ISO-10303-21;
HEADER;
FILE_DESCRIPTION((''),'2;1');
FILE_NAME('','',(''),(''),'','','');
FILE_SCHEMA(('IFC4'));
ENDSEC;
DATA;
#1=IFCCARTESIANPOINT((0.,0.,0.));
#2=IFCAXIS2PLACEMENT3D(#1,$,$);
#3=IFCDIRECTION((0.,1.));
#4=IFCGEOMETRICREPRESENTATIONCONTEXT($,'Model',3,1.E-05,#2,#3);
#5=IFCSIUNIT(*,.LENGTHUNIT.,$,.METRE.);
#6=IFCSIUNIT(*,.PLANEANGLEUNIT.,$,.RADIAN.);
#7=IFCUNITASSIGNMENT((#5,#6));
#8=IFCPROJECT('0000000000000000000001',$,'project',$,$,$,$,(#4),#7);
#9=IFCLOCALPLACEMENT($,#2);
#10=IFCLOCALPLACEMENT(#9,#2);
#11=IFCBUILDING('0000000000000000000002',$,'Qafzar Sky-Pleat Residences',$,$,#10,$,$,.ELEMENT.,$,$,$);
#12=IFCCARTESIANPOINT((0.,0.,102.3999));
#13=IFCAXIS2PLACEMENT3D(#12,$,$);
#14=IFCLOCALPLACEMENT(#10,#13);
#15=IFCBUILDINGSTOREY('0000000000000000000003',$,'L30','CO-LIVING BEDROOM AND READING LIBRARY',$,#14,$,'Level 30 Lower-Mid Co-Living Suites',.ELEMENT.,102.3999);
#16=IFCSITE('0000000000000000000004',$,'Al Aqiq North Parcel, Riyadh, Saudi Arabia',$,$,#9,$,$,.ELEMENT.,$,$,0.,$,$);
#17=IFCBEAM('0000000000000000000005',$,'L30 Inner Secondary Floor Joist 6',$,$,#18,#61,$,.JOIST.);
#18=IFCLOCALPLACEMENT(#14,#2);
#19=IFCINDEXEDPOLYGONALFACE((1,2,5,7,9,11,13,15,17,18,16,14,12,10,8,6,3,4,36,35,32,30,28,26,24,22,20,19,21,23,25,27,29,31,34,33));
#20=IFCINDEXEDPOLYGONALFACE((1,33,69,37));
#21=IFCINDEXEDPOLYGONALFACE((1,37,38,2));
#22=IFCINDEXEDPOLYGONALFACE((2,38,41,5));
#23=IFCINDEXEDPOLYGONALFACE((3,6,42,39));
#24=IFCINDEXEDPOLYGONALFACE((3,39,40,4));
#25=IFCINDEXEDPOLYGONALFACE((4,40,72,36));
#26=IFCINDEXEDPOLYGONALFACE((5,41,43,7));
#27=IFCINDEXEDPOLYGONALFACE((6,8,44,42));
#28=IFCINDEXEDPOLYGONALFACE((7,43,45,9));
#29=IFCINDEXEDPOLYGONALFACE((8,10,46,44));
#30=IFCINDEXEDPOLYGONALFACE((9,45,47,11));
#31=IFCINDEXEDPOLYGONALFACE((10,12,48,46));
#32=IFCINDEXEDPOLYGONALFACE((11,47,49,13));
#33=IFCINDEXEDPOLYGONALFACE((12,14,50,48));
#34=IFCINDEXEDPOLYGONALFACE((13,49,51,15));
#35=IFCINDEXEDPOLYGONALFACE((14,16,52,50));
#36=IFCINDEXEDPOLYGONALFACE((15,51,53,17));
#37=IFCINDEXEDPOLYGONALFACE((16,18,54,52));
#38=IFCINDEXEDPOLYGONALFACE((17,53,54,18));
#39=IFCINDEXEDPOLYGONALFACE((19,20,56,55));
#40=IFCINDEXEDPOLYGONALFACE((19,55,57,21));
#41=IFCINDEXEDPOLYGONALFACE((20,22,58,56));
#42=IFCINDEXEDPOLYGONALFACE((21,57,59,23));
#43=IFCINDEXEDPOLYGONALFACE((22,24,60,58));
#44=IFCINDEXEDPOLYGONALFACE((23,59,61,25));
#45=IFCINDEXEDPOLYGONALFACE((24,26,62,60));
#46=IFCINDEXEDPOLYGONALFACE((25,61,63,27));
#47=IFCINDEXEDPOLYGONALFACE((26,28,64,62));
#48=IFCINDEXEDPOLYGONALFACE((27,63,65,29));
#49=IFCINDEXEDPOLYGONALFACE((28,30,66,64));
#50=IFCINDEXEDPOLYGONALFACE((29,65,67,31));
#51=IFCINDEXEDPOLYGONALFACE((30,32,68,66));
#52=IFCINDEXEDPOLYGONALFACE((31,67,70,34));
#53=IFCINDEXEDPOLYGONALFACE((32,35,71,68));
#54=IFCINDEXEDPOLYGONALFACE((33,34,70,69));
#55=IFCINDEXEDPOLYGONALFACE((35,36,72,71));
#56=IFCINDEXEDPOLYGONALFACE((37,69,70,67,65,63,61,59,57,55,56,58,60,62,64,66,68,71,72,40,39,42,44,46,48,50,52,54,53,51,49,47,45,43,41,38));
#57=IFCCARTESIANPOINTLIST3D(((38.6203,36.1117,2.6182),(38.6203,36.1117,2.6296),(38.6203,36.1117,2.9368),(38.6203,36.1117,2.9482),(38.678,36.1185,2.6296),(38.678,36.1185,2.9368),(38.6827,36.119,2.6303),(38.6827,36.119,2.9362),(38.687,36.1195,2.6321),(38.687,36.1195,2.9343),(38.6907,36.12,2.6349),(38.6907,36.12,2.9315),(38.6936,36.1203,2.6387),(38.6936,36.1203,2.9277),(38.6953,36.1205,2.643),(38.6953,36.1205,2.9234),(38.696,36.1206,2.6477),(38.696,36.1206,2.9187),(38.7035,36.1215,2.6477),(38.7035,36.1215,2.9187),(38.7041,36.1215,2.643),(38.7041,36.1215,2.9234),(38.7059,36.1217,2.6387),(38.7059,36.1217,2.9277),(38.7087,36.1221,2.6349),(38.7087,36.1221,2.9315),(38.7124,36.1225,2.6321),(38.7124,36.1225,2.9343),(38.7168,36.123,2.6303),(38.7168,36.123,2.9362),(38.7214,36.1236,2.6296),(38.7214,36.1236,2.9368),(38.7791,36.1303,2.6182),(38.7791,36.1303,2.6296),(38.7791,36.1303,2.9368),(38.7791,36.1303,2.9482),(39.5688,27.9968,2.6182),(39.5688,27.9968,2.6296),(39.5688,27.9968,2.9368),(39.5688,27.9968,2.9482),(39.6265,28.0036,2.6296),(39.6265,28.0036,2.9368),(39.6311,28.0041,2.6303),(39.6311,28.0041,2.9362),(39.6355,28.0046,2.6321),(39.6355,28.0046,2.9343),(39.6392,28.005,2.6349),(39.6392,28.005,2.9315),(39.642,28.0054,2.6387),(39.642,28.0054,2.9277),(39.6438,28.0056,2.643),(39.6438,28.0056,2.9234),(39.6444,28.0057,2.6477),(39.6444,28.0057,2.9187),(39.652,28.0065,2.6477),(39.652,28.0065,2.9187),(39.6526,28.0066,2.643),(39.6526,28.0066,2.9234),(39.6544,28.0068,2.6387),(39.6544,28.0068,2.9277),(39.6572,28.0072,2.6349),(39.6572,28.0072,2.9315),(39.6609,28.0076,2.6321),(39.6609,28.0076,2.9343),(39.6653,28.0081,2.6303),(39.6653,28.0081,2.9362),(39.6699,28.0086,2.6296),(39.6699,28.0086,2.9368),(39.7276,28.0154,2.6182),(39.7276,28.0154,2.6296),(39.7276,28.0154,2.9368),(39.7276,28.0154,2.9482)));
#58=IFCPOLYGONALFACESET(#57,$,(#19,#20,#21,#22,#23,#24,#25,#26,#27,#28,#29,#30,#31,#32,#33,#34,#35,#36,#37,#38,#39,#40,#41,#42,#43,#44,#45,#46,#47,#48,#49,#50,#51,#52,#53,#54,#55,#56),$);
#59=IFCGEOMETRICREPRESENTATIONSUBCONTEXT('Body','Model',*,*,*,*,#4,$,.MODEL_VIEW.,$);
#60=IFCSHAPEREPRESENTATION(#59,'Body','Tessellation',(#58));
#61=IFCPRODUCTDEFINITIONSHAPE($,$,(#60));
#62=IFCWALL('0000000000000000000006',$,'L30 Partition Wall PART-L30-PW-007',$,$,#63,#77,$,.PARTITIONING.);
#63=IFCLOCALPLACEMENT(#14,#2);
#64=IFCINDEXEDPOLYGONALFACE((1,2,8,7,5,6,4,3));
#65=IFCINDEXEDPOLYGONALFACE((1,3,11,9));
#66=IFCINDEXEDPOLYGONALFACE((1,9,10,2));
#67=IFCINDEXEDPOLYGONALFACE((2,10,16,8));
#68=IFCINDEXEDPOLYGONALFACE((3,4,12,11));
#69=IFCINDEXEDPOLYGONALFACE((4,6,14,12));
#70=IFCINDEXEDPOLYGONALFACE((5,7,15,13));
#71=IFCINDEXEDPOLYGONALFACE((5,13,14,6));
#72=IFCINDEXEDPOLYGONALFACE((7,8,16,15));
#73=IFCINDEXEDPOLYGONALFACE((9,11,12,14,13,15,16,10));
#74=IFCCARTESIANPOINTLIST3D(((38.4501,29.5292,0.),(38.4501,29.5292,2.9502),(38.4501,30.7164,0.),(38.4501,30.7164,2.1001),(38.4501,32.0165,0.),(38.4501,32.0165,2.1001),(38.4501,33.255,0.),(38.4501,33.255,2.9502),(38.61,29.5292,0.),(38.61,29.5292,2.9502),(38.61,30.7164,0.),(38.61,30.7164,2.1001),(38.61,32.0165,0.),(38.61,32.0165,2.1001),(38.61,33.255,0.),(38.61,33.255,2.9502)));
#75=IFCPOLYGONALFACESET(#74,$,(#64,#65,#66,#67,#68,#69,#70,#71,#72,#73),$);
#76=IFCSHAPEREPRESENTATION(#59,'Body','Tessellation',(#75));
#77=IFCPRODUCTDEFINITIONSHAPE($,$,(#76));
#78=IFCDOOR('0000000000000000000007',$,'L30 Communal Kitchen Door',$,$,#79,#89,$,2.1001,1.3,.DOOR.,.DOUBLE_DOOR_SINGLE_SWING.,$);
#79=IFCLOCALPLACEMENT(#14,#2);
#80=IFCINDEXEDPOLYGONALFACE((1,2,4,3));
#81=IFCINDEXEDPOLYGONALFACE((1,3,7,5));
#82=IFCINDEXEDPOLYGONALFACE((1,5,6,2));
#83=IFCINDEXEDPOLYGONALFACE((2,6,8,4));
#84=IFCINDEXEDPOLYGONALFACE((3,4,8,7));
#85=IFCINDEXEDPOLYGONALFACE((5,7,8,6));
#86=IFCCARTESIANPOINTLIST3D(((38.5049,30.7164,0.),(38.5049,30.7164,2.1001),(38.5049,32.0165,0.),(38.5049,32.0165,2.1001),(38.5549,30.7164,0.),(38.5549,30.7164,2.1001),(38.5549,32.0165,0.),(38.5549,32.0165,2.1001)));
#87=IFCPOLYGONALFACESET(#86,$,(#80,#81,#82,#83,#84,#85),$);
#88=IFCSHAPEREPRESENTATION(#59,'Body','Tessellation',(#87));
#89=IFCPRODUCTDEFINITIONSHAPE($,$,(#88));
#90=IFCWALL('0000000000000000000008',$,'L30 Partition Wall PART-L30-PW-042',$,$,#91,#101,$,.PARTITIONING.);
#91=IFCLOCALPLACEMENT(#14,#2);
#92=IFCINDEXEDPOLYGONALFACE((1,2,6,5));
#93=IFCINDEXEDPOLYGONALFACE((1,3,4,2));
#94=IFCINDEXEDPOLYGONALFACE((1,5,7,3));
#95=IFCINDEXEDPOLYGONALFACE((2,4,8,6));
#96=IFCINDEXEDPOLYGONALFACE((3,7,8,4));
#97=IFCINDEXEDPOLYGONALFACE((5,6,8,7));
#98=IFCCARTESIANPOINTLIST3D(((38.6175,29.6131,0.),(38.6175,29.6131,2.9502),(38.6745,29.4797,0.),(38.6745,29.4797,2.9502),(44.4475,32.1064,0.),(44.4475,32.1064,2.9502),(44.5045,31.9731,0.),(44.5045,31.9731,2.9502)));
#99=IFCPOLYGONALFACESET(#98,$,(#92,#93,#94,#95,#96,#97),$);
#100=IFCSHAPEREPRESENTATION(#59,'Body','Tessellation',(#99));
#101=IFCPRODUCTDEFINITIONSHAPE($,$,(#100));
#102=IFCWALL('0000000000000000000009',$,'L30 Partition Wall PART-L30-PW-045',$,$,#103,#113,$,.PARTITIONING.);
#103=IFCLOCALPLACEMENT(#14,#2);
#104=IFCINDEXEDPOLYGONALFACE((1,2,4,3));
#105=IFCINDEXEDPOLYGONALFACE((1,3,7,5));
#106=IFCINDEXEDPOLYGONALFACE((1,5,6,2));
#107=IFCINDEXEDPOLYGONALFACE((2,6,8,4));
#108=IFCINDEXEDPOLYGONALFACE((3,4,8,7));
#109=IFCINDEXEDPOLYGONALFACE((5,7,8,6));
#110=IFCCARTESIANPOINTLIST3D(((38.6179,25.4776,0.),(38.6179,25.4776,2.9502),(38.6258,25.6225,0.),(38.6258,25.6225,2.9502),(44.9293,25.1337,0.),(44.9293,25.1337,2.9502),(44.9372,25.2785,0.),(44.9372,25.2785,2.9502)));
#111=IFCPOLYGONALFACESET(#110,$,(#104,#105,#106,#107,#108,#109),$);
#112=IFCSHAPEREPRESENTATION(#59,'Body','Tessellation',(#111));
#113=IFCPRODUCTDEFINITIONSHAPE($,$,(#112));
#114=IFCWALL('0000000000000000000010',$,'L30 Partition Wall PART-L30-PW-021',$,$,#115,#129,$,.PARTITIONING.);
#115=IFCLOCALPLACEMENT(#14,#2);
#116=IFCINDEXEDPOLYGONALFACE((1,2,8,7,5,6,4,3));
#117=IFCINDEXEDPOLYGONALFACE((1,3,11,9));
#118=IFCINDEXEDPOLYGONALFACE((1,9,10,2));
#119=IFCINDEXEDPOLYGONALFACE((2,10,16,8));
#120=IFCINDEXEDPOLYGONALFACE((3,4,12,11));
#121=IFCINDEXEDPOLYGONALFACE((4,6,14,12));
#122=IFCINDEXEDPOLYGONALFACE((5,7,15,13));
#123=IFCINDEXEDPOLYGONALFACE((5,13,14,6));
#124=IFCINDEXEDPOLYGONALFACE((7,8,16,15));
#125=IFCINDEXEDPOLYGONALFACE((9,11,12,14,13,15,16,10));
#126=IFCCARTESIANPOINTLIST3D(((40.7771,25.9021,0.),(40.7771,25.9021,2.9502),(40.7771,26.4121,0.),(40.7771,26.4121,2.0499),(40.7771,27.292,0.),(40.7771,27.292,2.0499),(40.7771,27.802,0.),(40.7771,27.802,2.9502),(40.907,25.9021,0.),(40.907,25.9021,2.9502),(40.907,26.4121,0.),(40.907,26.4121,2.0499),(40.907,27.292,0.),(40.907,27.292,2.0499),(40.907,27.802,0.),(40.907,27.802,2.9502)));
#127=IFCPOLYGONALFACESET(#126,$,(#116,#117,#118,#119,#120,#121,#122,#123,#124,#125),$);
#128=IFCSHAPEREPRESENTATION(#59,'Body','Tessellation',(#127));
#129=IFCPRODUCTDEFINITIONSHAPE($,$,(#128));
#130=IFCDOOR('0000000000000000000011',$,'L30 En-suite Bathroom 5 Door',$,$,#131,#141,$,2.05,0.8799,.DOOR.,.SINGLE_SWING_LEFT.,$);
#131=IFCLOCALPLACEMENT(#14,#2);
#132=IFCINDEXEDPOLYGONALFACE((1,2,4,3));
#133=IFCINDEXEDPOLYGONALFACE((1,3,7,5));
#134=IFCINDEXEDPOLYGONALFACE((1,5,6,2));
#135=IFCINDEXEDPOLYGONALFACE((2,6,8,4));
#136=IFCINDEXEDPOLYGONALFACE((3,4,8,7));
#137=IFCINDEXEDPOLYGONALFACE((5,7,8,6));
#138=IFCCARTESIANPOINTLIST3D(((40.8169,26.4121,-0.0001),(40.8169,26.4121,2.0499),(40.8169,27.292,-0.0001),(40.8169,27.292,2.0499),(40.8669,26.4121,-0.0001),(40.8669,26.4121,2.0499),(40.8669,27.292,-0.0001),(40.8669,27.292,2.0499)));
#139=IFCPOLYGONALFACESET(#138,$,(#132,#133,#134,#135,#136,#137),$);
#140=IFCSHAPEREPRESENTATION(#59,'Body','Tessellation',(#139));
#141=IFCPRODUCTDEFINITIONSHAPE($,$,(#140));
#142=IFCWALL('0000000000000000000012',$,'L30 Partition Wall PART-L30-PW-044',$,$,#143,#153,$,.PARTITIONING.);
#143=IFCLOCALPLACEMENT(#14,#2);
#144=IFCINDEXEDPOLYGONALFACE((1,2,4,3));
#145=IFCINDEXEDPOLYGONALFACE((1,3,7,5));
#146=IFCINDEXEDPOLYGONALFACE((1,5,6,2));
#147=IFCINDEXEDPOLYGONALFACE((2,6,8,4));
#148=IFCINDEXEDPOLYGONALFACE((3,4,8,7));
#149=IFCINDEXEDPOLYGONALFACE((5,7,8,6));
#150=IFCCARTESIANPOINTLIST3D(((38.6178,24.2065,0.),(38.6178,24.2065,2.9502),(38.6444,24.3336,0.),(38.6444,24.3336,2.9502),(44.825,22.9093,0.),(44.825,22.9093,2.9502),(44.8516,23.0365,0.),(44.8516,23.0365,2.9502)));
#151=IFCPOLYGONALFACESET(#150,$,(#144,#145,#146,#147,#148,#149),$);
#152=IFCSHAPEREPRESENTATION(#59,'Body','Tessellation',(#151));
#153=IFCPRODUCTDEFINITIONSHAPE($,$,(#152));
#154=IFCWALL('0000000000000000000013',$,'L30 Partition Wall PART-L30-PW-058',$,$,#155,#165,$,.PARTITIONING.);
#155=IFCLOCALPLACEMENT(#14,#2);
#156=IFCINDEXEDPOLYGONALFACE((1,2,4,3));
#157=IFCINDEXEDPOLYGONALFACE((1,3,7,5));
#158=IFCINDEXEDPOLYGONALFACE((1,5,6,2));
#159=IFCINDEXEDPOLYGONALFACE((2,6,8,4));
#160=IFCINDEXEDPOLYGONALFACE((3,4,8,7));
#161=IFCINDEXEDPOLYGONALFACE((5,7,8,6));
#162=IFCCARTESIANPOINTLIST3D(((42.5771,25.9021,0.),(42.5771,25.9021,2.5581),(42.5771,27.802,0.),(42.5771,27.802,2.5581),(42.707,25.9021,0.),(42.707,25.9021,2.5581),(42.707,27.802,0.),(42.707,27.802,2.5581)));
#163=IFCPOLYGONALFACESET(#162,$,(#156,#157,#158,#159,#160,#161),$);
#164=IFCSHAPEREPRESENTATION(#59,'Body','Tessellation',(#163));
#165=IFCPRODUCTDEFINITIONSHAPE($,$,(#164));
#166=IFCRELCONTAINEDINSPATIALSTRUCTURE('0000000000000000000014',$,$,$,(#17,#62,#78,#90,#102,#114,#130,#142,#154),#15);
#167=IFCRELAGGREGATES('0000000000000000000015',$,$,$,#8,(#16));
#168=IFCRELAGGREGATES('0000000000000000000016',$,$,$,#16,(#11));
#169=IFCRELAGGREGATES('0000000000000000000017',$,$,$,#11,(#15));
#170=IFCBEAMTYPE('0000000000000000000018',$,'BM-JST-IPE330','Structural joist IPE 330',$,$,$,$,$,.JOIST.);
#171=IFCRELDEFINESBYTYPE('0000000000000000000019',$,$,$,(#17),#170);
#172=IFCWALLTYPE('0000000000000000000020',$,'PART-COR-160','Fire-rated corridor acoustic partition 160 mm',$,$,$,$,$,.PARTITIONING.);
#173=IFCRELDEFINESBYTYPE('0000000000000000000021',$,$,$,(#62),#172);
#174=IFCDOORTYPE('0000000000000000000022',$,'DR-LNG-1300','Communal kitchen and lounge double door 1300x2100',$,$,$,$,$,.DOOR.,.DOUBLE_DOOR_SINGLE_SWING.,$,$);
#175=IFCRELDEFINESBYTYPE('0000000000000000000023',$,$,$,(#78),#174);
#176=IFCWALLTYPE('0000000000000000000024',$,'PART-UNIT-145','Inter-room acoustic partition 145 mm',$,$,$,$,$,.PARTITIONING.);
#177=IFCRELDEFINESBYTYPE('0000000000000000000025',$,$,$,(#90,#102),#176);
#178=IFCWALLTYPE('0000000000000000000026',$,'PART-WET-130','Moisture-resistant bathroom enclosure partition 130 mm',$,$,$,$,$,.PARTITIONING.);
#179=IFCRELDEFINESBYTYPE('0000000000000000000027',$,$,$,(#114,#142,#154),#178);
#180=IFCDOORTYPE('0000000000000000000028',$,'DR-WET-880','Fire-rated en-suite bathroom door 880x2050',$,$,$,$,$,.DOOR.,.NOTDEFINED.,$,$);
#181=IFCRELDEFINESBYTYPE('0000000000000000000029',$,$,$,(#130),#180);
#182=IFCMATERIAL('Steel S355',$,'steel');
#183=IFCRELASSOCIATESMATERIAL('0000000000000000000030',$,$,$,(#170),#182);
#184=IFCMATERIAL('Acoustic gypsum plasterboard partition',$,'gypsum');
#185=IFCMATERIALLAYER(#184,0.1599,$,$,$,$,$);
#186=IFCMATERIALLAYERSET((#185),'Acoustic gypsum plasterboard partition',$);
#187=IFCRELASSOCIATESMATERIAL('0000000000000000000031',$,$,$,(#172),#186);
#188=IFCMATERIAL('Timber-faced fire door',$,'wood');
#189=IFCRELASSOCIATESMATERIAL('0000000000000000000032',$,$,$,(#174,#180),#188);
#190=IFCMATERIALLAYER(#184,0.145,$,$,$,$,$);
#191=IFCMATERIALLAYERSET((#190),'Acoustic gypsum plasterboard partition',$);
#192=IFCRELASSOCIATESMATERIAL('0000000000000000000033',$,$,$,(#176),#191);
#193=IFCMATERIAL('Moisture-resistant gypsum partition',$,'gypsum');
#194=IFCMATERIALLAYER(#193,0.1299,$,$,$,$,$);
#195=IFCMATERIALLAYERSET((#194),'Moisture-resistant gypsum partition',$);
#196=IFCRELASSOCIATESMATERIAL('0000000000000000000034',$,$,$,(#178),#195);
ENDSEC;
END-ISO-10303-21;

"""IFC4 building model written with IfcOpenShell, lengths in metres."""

from ifc_helpers import new_model, si_unit, direction, frame, frame_2d, origin, origin_2d, place, context, subcontext, project, spatial, rectangle, i_section, extrude, source, transform, mapped, material, layer, layer_set, material_profile, profile_set, type_object, element, fill, save


model = new_model("IFC4")

# Units and contexts
model_context = context("Model", 3, precision=1e-05, world=origin(), true_north=direction((0.0, 1.0)))
body_context = subcontext(model_context, "Body", "Model", "MODEL_VIEW")
ifc_project = project(units=[si_unit("LENGTHUNIT", "METRE"), si_unit("PLANEANGLEUNIT", "RADIAN")], contexts=[model_context])

# Site, building, storey
site_placement = place(None, origin())
site = spatial("IfcSite", under=ifc_project, at=site_placement, Name="Al Aqiq North Parcel, Riyadh, Saudi Arabia", CompositionType="ELEMENT", RefElevation=0.0)
building_placement = place(site_placement, origin())
building = spatial("IfcBuilding", under=site, at=building_placement, Name="Qafzar Sky-Pleat Residences", CompositionType="ELEMENT")
storey_placement = place(building_placement, frame((0.0, 0.0, 102.3999)))
storey = spatial("IfcBuildingStorey", under=building, at=storey_placement, Name="L30", Description="CO-LIVING BEDROOM AND READING LIBRARY", LongName="Level 30 Lower-Mid Co-Living Suites", CompositionType="ELEMENT", Elevation=102.3999)

# Beam
ifc_material_1 = material(Name="Steel S355", Category="steel")
ifc_material_profile_1 = material_profile(ifc_material_1, i_section(OverallWidth=0.1599, OverallDepth=0.3301, WebThickness=0.0076, FlangeThickness=0.0115, FilletRadius=0.0181, at=origin_2d()), Name="IPE 330")
ifc_profile_set_1 = profile_set([ifc_material_profile_1], Name="Steel S355")
beam_type_1 = type_object("IfcBeamType", Name="BM-JST-IPE330", Description="Structural joist IPE 330", PredefinedType="JOIST", material=ifc_profile_set_1)
shared_shape_1 = source(origin(), body_context, "Body", "SweptSolid", [
    extrude(i_section(OverallWidth=0.1599, OverallDepth=0.3301, WebThickness=0.0076, FlangeThickness=0.0115, FilletRadius=0.0181, at=origin_2d()), origin(), (0.0, 0.0, 1.0), 8.1702),
])
beam_1_placement = place(storey_placement, frame((39.6482, 28.0061, 2.7832), z_axis=(-0.11609, 0.993239, 0.0), x_axis=(-0.993239, -0.11609, 0.0)))
element("IfcBeam", 1, at=beam_1_placement, inside=storey, type_object=beam_type_1, Name="L30 Inner Secondary Floor Joist 6", PredefinedType="JOIST", context=body_context, shape_type="MappedRepresentation", body=[
    mapped(shared_shape_1, transform((0.0, 0.0, 0.0), x_axis=(1.0, 0.0, 0.0), y_axis=(0.0, 1.0, 0.0), z_axis=(0.0, 0.0, 1.0), scale=1.0)),
])

# Wall, opening, door
ifc_material_2 = material(Name="Acoustic gypsum plasterboard partition", Category="gypsum")
ifc_layer_1 = layer(ifc_material_2, 0.1599)
ifc_layer_set_1 = layer_set([ifc_layer_1], Name="Acoustic gypsum plasterboard partition")
wall_type_1 = type_object("IfcWallType", Name="PART-COR-160", Description="Fire-rated corridor acoustic partition 160 mm", PredefinedType="PARTITIONING", material=ifc_layer_set_1)
wall_1_placement = place(storey_placement, frame((38.53, 33.2549, 0.0), z_axis=(0.0, 0.0, 1.0), x_axis=(0.0, -1.0, 0.0)))
wall_1 = element("IfcWall", 2, at=wall_1_placement, inside=storey, type_object=wall_type_1, Name="L30 Partition Wall PART-L30-PW-007", PredefinedType="PARTITIONING", context=body_context, shape_type="SweptSolid", body=[
    extrude(rectangle(XDim=3.7258, YDim=0.1599, at=frame_2d((1.8628, 0.0))), origin(), (0.0, 0.0, 1.0), 2.9502),
])
opening_1_placement = place(wall_1_placement, frame((1.2385, 0.0, 0.0)))
opening_1 = element("IfcOpeningElement", 3, at=opening_1_placement, cuts=wall_1, PredefinedType="OPENING", context=body_context, shape_type="SweptSolid", body=[
    extrude(rectangle(XDim=1.3, YDim=2.1001, at=frame_2d((0.6499, 1.05))), frame((0.0, 0.0898, 0.0), z_axis=(0.0, -1.0, 0.0), x_axis=(1.0, 0.0, 0.0)), (0.0, 0.0, 1.0), 0.1799),
])
ifc_material_3 = material(Name="Timber-faced fire door", Category="wood")
door_type_1 = type_object("IfcDoorType", Name="DR-LNG-1300", Description="Communal kitchen and lounge double door 1300x2100", OperationType="DOUBLE_DOOR_SINGLE_SWING", PredefinedType="DOOR", material=ifc_material_3)
shared_shape_2 = source(origin(), body_context, "Body", "SweptSolid", [
    extrude(rectangle(XDim=1.3, YDim=2.1001, at=frame_2d((0.6499, 1.05))), frame((0.0, 0.0249, 0.0), z_axis=(0.0, -1.0, 0.0), x_axis=(1.0, 0.0, 0.0)), (0.0, 0.0, 1.0), 0.05),
])
door_1_placement = place(opening_1_placement, origin())
door_1 = element("IfcDoor", 4, at=door_1_placement, inside=storey, type_object=door_type_1, Name="L30 Communal Kitchen Door", OperationType="DOUBLE_DOOR_SINGLE_SWING", OverallHeight=2.1001, OverallWidth=1.3, PredefinedType="DOOR", context=body_context, shape_type="MappedRepresentation", body=[
    mapped(shared_shape_2, transform((0.0, 0.0, 0.0), x_axis=(1.0, 0.0, 0.0), y_axis=(0.0, 1.0, 0.0), z_axis=(0.0, 0.0, 1.0), scale=1.0)),
])
fill(opening_1, door_1)

# Walls
ifc_layer_2 = layer(ifc_material_2, 0.145)
ifc_layer_set_2 = layer_set([ifc_layer_2], Name="Acoustic gypsum plasterboard partition")
wall_type_2 = type_object("IfcWallType", Name="PART-UNIT-145", Description="Inter-room acoustic partition 145 mm", PredefinedType="PARTITIONING", material=ifc_layer_set_2)
wall_2_placement = place(storey_placement, frame((38.646, 29.5464, 0.0), z_axis=(0.0, 0.0, 1.0), x_axis=(0.919442, 0.393227, 0.0)))
element("IfcWall", 5, at=wall_2_placement, inside=storey, type_object=wall_type_2, Name="L30 Partition Wall PART-L30-PW-042", PredefinedType="PARTITIONING", context=body_context, shape_type="SweptSolid", body=[
    extrude(rectangle(XDim=6.3408, YDim=0.145, at=frame_2d((3.1704, 0.0))), origin(), (0.0, 0.0, 1.0), 2.9502),
])
wall_3_placement = place(storey_placement, frame((38.6218, 25.55, 0.0), z_axis=(0.0, 0.0, 1.0), x_axis=(0.998518, -0.054422, 0.0)))
element("IfcWall", 6, at=wall_3_placement, inside=storey, type_object=wall_type_2, Name="L30 Partition Wall PART-L30-PW-045", PredefinedType="PARTITIONING", context=body_context, shape_type="SweptSolid", body=[
    extrude(rectangle(XDim=6.3208, YDim=0.145, at=frame_2d((3.1604, 0.0))), origin(), (0.0, 0.0, 1.0), 2.9502),
])

# Wall, opening, door
ifc_material_4 = material(Name="Moisture-resistant gypsum partition", Category="gypsum")
ifc_layer_3 = layer(ifc_material_4, 0.1299)
ifc_layer_set_3 = layer_set([ifc_layer_3], Name="Moisture-resistant gypsum partition")
wall_type_3 = type_object("IfcWallType", Name="PART-WET-130", Description="Moisture-resistant bathroom enclosure partition 130 mm", PredefinedType="PARTITIONING", material=ifc_layer_set_3)
wall_4_placement = place(storey_placement, frame((40.842, 27.802, 0.0), z_axis=(0.0, 0.0, 1.0), x_axis=(0.0, -1.0, 0.0)))
wall_4 = element("IfcWall", 7, at=wall_4_placement, inside=storey, type_object=wall_type_3, Name="L30 Partition Wall PART-L30-PW-021", PredefinedType="PARTITIONING", context=body_context, shape_type="SweptSolid", body=[
    extrude(rectangle(XDim=1.8999, YDim=0.1299, at=frame_2d((0.95, 0.0))), origin(), (0.0, 0.0, 1.0), 2.9502),
])
opening_2_placement = place(wall_4_placement, frame((0.51, 0.0, 0.0)))
opening_2 = element("IfcOpeningElement", 8, at=opening_2_placement, cuts=wall_4, PredefinedType="OPENING", context=body_context, shape_type="SweptSolid", body=[
    extrude(rectangle(XDim=0.8799, YDim=2.05, at=frame_2d((0.4399, 1.0249))), frame((0.0, 0.075, 0.0), z_axis=(0.0, -1.0, 0.0), x_axis=(1.0, 0.0, 0.0)), (0.0, 0.0, 1.0), 0.1499),
])
door_type_2 = type_object("IfcDoorType", Name="DR-WET-880", Description="Fire-rated en-suite bathroom door 880x2050", OperationType="NOTDEFINED", PredefinedType="DOOR", material=ifc_material_3)
shared_shape_3 = source(origin(), body_context, "Body", "SweptSolid", [
    extrude(rectangle(XDim=0.8799, YDim=2.05, at=frame_2d((0.4399, 1.0249))), frame((0.0, 0.0249, 0.0), z_axis=(0.0, -1.0, 0.0), x_axis=(1.0, 0.0, 0.0)), (0.0, 0.0, 1.0), 0.05),
])
door_2_placement = place(opening_2_placement, origin())
door_2 = element("IfcDoor", 9, at=door_2_placement, inside=storey, type_object=door_type_2, Name="L30 En-suite Bathroom 5 Door", OperationType="SINGLE_SWING_LEFT", OverallHeight=2.05, OverallWidth=0.8799, PredefinedType="DOOR", context=body_context, shape_type="MappedRepresentation", body=[
    mapped(shared_shape_3, transform((0.0, 0.0, 0.0), x_axis=(1.0, 0.0, 0.0), y_axis=(0.0, 1.0, 0.0), z_axis=(0.0, 0.0, 1.0), scale=1.0)),
])
fill(opening_2, door_2)

# Walls
wall_5_placement = place(storey_placement, frame((38.6311, 24.27, 0.0), z_axis=(0.0, 0.0, 1.0), x_axis=(0.978856, -0.204549, 0.0)))
element("IfcWall", 10, at=wall_5_placement, inside=storey, type_object=wall_type_3, Name="L30 Partition Wall PART-L30-PW-044", PredefinedType="PARTITIONING", context=body_context, shape_type="SweptSolid", body=[
    extrude(rectangle(XDim=6.3413, YDim=0.1299, at=frame_2d((3.1707, 0.0))), origin(), (0.0, 0.0, 1.0), 2.9502),
])
wall_6_placement = place(storey_placement, frame((42.6421, 25.9021, 0.0), z_axis=(0.0, 0.0, 1.0), x_axis=(0.0, 1.0, 0.0)))
element("IfcWall", 11, at=wall_6_placement, inside=storey, type_object=wall_type_3, Name="L30 Partition Wall PART-L30-PW-058", PredefinedType="PARTITIONING", context=body_context, shape_type="SweptSolid", body=[
    extrude(rectangle(XDim=1.8999, YDim=0.1299, at=frame_2d((0.95, 0.0))), origin(), (0.0, 0.0, 1.0), 2.5581),
])

save(model, "model.ifc")
